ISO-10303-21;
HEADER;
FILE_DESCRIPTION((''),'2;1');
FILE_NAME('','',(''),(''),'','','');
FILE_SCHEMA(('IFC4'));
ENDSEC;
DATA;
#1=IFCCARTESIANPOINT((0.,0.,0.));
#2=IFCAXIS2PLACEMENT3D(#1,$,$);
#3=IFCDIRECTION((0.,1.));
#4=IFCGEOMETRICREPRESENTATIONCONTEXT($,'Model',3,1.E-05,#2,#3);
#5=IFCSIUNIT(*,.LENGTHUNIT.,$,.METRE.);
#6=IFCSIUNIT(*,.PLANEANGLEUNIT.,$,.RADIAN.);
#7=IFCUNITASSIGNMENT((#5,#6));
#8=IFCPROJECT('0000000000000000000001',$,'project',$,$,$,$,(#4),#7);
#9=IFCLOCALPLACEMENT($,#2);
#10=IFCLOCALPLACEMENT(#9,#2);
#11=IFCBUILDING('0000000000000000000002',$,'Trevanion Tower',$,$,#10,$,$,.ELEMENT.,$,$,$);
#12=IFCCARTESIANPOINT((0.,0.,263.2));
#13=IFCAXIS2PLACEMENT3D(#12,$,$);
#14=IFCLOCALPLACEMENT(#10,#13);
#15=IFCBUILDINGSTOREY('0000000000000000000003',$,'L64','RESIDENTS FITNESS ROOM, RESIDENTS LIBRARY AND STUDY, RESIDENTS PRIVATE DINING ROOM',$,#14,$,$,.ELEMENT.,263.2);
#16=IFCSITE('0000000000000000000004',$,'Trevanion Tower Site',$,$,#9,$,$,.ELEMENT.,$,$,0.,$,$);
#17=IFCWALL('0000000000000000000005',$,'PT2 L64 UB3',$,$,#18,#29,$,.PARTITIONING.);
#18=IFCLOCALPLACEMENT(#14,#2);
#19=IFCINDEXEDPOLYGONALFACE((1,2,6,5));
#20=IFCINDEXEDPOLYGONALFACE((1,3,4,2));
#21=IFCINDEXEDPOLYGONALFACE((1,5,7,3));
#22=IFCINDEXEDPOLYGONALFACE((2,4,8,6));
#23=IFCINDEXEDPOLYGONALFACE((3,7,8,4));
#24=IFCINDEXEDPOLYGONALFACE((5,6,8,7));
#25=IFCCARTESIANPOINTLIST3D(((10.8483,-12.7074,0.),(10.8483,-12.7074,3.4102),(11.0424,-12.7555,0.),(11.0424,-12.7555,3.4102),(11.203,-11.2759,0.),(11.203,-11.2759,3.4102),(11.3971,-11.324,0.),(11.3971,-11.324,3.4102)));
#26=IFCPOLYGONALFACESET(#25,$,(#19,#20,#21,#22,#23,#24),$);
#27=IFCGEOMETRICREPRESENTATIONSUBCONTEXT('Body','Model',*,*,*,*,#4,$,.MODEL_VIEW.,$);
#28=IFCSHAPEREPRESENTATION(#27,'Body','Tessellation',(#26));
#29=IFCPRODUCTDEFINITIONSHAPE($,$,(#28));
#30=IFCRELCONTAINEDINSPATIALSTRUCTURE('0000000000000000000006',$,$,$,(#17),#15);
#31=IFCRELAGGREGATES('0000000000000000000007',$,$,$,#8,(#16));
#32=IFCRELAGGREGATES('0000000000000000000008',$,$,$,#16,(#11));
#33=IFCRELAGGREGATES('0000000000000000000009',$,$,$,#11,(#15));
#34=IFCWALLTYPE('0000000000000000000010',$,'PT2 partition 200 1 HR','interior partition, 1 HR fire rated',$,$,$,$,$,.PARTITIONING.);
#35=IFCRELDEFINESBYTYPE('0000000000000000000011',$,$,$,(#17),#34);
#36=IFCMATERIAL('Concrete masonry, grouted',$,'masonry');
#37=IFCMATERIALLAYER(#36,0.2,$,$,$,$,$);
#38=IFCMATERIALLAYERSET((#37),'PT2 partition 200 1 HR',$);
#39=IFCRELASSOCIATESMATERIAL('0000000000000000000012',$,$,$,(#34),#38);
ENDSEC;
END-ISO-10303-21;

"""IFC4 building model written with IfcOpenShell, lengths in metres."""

from ifc_helpers import new_model, si_unit, direction, frame, frame_2d, origin, place, context, subcontext, project, spatial, rectangle, extrude, material, layer, layer_set, type_object, element, save


model = new_model("IFC4")

# Units and contexts
model_context = context("Model", 3, precision=1e-05, world=origin(), true_north=direction((0.0, 1.0)))
body_context = subcontext(model_context, "Body", "Model", "MODEL_VIEW")
ifc_project = project(units=[si_unit("LENGTHUNIT", "METRE"), si_unit("PLANEANGLEUNIT", "RADIAN")], contexts=[model_context])

# Site, building, storey
site_placement = place(None, origin())
site = spatial("IfcSite", under=ifc_project, at=site_placement, Name="Trevanion Tower Site", CompositionType="ELEMENT", RefElevation=0.0)
building_placement = place(site_placement, origin())
building = spatial("IfcBuilding", under=site, at=building_placement, Name="Trevanion Tower", CompositionType="ELEMENT")
storey_placement = place(building_placement, frame((0.0, 0.0, 263.2)))
storey = spatial("IfcBuildingStorey", under=building, at=storey_placement, Name="L64", Description="RESIDENTS FITNESS ROOM, RESIDENTS LIBRARY AND STUDY, RESIDENTS PRIVATE DINING ROOM", CompositionType="ELEMENT", Elevation=263.2)

# Wall
ifc_material_1 = material(Name="Concrete masonry, grouted", Category="masonry")
ifc_layer_1 = layer(ifc_material_1, 0.2)
ifc_layer_set_1 = layer_set([ifc_layer_1], Name="PT2 partition 200 1 HR")
wall_type_1 = type_object("IfcWallType", Name="PT2 partition 200 1 HR", Description="interior partition, 1 HR fire rated", PredefinedType="PARTITIONING", material=ifc_layer_set_1)
wall_1_placement = place(storey_placement, frame((11.3, -11.3, 0.0), z_axis=(0.0, 0.0, 1.0), x_axis=(-0.24051, -0.970647, 0.0)))
element("IfcWall", 1, at=wall_1_placement, inside=storey, type_object=wall_type_1, Name="PT2 L64 UB3", PredefinedType="PARTITIONING", context=body_context, shape_type="SweptSolid", body=[
    extrude(rectangle(XDim=1.4749, YDim=0.2, at=frame_2d((0.7373, 0.0))), origin(), (0.0, 0.0, 1.0), 3.4102),
])

save(model, "model.ifc")
